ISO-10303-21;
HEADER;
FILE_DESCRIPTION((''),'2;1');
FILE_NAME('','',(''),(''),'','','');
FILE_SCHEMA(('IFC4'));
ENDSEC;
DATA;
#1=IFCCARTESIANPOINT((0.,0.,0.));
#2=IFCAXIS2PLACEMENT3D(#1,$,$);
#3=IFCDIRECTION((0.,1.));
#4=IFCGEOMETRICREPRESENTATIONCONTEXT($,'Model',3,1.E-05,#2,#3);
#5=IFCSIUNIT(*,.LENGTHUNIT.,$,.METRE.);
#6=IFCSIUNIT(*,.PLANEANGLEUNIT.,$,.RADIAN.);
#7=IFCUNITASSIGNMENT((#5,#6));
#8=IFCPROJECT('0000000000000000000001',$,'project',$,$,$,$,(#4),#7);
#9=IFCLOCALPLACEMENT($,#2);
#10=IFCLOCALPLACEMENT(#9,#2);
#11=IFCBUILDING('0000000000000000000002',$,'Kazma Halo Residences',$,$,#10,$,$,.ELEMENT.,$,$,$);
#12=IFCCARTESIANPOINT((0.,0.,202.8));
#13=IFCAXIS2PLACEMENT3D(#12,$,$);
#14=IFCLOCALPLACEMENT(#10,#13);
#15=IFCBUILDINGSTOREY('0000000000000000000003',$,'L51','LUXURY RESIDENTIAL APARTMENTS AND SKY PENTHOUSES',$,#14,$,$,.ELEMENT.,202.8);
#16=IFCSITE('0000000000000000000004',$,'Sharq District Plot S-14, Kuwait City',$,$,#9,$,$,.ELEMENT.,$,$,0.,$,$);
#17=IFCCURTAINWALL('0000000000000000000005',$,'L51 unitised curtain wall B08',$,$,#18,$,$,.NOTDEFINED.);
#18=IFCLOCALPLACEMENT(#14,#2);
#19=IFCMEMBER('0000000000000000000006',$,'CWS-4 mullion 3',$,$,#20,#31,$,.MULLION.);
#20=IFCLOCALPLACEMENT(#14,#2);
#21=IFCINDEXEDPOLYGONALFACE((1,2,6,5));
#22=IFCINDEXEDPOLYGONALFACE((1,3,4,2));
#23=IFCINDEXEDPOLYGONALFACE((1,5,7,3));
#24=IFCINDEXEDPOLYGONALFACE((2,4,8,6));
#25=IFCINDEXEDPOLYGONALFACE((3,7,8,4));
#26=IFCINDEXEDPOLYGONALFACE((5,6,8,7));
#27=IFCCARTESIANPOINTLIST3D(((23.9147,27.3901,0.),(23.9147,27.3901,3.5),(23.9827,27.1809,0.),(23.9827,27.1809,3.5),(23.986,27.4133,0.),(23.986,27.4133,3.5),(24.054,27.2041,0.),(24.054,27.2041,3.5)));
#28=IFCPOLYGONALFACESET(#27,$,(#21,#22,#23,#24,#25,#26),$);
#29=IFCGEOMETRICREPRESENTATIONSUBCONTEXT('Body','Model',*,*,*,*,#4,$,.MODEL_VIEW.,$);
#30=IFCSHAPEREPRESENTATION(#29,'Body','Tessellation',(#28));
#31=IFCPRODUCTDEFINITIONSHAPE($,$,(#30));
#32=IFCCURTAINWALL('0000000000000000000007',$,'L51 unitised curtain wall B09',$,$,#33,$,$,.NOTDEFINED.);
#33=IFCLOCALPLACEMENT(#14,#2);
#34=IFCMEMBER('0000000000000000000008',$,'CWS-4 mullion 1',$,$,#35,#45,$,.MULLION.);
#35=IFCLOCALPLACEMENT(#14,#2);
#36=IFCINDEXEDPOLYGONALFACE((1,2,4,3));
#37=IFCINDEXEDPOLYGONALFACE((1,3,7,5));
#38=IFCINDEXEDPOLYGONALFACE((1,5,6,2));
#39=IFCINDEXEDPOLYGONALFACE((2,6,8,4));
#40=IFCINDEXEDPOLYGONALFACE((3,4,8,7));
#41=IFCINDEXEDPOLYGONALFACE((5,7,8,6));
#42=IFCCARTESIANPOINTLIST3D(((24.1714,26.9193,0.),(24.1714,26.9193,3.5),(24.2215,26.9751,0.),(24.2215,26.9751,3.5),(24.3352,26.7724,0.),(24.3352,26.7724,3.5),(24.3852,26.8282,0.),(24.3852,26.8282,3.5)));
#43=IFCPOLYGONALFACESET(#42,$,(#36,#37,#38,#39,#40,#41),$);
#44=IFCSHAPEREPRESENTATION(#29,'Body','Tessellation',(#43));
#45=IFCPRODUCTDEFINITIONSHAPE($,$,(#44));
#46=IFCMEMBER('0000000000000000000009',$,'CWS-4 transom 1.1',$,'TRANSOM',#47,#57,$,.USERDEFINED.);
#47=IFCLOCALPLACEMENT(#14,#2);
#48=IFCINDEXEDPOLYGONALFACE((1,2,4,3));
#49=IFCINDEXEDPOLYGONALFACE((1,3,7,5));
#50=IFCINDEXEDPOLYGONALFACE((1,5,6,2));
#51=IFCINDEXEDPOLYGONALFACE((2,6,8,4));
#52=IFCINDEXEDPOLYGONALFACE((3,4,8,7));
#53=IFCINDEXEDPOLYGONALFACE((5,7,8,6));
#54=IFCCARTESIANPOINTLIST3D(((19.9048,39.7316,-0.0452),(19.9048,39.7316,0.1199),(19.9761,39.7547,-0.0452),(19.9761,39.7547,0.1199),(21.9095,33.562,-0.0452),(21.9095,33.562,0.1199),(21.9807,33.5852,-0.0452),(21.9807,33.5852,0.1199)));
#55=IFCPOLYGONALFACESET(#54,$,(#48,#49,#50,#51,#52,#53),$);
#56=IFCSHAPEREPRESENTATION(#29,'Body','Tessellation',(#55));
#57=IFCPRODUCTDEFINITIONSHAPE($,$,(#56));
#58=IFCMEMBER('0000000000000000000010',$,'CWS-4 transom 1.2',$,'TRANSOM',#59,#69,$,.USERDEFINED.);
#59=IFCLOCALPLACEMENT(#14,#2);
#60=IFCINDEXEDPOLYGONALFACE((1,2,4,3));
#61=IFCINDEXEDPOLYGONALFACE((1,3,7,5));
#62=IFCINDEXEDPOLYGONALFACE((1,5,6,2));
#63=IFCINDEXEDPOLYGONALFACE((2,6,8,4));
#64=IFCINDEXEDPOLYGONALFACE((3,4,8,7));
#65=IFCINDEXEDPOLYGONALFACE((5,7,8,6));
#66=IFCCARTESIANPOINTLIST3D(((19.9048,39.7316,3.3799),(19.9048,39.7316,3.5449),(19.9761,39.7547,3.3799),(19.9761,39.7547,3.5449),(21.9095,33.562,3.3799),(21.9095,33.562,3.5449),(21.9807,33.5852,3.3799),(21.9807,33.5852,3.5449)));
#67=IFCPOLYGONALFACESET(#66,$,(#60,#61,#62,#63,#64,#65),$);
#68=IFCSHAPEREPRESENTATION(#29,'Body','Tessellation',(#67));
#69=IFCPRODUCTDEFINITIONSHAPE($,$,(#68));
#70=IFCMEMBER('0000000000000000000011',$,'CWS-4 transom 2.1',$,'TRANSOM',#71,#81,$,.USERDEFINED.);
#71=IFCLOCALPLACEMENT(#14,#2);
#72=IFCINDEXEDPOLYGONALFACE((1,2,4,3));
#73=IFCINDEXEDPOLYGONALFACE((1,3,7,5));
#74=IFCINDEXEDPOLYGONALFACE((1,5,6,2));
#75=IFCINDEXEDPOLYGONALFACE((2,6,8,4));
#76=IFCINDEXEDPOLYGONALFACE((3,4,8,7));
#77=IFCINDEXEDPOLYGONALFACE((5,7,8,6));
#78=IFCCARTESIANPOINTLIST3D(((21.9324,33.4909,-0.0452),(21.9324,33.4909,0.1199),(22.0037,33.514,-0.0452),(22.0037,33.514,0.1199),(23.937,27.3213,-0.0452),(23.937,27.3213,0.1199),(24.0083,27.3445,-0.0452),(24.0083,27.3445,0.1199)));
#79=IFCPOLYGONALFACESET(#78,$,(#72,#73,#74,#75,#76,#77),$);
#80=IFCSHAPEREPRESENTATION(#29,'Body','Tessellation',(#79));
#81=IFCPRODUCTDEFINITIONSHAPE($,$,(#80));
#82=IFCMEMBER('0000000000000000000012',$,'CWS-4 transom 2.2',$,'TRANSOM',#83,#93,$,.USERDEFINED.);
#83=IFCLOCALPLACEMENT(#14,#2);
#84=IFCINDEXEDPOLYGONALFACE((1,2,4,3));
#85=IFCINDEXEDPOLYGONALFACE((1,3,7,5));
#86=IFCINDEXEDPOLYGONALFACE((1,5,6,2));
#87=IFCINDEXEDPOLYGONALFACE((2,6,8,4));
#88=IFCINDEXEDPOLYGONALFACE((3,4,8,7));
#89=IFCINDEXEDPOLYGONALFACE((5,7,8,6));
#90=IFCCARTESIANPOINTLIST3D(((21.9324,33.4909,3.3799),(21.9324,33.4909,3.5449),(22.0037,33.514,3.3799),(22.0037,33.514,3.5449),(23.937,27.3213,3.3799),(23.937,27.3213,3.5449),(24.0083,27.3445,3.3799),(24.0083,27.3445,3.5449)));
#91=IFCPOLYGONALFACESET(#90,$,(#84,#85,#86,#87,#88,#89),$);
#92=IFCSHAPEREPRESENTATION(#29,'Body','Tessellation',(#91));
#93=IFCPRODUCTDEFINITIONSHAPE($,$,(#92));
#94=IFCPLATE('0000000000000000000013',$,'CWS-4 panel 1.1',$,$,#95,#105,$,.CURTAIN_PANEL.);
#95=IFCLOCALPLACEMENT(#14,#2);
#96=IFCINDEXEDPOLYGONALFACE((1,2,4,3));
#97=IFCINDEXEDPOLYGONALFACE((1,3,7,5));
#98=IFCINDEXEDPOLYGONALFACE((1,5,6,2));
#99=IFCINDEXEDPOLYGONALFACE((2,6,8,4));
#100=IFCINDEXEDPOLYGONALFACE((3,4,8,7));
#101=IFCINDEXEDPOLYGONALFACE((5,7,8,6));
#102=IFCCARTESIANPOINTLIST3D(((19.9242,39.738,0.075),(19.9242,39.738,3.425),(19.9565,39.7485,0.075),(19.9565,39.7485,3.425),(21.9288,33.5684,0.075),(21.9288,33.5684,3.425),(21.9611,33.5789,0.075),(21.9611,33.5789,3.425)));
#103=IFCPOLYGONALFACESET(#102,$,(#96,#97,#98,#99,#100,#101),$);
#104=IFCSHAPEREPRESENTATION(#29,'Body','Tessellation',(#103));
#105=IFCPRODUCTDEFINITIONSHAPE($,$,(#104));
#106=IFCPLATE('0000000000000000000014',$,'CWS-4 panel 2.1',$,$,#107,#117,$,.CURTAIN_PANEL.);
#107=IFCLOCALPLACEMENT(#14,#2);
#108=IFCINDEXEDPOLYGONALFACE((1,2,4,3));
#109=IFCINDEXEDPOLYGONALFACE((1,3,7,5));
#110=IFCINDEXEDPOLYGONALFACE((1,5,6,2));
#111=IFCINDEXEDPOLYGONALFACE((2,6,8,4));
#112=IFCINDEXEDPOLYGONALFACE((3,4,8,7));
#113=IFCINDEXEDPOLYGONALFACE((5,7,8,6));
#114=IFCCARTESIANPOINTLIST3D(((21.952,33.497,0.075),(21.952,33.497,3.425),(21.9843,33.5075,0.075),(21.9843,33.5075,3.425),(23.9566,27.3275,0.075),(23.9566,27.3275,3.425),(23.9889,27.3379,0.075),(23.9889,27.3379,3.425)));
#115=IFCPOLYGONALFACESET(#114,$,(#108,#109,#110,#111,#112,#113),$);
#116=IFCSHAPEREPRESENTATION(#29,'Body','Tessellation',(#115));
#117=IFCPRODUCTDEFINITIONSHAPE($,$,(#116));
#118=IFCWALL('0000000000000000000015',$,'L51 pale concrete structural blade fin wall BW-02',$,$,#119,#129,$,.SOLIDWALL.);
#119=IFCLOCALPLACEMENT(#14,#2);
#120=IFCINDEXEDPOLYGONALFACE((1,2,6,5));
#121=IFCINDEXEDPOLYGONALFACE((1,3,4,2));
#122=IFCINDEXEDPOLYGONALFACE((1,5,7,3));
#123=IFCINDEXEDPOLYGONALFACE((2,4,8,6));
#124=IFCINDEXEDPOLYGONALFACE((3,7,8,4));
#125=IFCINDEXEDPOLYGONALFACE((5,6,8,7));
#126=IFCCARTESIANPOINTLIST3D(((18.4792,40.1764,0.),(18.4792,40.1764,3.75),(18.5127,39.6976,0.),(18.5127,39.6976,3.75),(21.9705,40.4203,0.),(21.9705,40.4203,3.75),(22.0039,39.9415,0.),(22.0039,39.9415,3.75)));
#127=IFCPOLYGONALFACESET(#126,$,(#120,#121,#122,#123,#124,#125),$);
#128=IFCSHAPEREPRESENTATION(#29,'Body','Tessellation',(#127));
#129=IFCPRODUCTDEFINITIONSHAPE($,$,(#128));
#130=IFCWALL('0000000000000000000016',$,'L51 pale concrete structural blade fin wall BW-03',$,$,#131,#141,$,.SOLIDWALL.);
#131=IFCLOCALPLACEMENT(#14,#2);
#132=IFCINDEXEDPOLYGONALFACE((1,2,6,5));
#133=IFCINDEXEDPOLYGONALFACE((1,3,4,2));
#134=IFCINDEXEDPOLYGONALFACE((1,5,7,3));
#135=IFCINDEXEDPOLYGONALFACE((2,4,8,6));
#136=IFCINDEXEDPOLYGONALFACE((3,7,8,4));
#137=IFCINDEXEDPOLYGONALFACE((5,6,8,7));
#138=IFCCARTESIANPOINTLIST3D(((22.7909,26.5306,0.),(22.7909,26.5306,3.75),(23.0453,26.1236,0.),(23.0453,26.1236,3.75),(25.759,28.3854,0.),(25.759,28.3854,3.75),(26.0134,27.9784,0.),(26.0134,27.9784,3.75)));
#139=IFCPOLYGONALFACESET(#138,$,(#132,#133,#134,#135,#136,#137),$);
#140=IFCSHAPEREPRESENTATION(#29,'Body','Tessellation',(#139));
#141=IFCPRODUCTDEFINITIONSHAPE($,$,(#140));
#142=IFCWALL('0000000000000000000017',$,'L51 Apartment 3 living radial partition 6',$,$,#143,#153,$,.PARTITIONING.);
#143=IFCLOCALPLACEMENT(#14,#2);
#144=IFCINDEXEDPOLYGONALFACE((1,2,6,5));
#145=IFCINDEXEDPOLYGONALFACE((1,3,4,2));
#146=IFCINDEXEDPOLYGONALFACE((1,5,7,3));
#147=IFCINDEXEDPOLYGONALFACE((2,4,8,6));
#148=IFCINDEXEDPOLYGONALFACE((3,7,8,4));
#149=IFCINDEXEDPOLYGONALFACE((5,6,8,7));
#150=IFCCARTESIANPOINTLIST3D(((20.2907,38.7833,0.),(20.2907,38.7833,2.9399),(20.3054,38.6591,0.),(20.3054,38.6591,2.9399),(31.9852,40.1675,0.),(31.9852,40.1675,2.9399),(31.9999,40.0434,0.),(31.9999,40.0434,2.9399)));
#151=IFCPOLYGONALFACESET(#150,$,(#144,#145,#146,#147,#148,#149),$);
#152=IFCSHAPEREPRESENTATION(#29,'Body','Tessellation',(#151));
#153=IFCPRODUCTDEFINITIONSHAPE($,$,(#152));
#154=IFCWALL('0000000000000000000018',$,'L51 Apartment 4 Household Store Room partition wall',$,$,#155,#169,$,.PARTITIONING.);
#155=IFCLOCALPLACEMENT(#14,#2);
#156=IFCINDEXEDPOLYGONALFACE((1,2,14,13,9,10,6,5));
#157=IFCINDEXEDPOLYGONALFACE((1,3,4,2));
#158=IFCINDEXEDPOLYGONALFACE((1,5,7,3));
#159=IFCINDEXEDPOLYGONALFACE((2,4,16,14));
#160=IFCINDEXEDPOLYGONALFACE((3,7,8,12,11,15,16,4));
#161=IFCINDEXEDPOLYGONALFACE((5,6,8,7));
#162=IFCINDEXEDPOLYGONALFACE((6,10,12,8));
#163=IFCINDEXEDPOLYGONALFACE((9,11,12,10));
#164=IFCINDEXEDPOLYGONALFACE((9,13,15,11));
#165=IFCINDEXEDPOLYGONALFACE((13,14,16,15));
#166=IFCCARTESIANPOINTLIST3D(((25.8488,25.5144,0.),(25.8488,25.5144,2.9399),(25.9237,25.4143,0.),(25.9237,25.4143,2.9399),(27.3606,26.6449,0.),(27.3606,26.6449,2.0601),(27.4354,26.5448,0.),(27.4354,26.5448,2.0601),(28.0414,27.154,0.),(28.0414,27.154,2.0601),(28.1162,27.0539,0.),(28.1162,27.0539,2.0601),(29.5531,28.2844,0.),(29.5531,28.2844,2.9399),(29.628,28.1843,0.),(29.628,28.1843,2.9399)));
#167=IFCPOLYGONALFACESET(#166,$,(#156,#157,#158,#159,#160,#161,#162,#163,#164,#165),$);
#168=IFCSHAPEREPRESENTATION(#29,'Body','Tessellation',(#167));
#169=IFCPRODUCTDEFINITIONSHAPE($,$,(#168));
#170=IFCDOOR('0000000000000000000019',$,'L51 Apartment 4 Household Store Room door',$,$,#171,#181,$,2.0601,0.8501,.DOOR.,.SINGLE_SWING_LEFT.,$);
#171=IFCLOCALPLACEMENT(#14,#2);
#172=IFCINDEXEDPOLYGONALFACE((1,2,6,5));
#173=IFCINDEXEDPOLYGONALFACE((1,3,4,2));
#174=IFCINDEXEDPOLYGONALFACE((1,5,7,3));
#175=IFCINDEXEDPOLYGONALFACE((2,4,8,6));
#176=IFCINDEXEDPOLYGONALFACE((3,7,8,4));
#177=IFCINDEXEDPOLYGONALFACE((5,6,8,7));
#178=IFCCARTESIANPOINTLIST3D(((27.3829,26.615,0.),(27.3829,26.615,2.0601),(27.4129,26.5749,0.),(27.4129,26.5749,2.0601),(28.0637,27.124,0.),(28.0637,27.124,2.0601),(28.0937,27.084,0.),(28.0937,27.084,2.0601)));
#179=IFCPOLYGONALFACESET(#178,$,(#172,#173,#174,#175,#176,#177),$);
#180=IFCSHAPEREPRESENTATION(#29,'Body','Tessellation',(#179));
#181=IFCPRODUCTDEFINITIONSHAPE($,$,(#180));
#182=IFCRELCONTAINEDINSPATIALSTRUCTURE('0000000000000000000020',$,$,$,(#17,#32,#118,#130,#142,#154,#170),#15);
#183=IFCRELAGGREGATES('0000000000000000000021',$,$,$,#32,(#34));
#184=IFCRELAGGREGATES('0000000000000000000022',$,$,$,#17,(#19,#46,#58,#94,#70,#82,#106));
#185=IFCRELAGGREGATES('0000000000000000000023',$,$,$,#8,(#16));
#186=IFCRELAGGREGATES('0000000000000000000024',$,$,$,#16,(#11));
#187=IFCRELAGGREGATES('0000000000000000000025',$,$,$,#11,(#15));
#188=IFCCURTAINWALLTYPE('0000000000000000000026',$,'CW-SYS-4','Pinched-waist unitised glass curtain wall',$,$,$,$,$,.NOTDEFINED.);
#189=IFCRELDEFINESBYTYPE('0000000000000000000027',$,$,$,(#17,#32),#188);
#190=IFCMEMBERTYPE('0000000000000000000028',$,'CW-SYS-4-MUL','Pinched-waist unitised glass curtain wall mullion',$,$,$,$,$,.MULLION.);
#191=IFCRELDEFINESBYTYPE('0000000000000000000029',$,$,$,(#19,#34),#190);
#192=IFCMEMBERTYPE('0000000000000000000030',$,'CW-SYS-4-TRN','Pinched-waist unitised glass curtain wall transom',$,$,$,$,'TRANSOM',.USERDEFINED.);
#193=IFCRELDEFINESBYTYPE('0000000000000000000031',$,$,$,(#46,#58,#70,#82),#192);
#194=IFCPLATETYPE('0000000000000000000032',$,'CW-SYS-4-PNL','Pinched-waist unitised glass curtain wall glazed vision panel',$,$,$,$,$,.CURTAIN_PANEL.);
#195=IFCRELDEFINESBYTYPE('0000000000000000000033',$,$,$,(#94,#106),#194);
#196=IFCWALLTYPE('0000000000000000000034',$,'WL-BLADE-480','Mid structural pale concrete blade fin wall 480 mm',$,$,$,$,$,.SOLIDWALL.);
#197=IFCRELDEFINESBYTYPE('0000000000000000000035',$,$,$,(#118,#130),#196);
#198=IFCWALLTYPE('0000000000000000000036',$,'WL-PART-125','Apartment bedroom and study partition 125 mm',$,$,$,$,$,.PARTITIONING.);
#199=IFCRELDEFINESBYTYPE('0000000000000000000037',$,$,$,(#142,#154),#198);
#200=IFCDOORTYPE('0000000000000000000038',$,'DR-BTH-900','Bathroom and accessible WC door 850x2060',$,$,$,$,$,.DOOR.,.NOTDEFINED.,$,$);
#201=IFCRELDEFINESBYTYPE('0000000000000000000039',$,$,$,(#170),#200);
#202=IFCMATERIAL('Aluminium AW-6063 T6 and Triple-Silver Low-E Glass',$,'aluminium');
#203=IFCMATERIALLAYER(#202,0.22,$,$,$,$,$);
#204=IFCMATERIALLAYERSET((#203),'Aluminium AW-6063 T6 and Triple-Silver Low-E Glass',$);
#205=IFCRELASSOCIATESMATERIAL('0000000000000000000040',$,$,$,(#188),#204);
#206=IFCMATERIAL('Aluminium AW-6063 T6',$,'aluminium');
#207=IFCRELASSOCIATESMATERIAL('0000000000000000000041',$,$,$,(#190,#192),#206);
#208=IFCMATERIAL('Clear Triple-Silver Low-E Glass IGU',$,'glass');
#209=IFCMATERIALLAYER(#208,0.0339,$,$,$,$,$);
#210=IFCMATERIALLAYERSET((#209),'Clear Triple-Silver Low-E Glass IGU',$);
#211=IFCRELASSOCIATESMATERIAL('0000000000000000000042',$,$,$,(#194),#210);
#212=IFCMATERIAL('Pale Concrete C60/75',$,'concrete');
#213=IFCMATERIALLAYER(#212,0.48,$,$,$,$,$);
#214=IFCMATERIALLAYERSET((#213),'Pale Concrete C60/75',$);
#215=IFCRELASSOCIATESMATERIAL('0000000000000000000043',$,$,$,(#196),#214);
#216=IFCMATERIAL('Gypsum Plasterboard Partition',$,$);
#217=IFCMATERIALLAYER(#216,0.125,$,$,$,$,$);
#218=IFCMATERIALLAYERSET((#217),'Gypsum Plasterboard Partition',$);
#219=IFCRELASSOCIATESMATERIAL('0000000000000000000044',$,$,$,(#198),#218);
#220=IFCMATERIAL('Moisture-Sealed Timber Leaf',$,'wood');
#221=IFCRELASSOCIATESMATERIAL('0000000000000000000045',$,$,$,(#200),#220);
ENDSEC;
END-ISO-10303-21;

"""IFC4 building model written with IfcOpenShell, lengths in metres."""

from ifc_helpers import new_model, si_unit, direction, frame, frame_2d, origin, origin_2d, place, context, subcontext, project, spatial, rectangle, extrude, material, layer, layer_set, material_profile, profile_set, type_object, element, fill, aggregate, save


model = new_model("IFC4")

# Units and contexts
model_context = context("Model", 3, precision=1e-05, world=origin(), true_north=direction((0.0, 1.0)))
body_context = subcontext(model_context, "Body", "Model", "MODEL_VIEW")
ifc_project = project(units=[si_unit("LENGTHUNIT", "METRE"), si_unit("PLANEANGLEUNIT", "RADIAN")], contexts=[model_context])

# Site, building, storey
site_placement = place(None, origin())
site = spatial("IfcSite", under=ifc_project, at=site_placement, Name="Sharq District Plot S-14, Kuwait City", CompositionType="ELEMENT", RefElevation=0.0)
building_placement = place(site_placement, origin())
building = spatial("IfcBuilding", under=site, at=building_placement, Name="Kazma Halo Residences", CompositionType="ELEMENT")
storey_placement = place(building_placement, frame((0.0, 0.0, 202.8)))
storey = spatial("IfcBuildingStorey", under=building, at=storey_placement, Name="L51", Description="LUXURY RESIDENTIAL APARTMENTS AND SKY PENTHOUSES", CompositionType="ELEMENT", Elevation=202.8)

# Shared definitions
ifc_material_1 = material(Name="Aluminium AW-6063 T6 and Triple-Silver Low-E Glass", Category="aluminium")
ifc_layer_1 = layer(ifc_material_1, 0.22)
ifc_layer_set_1 = layer_set([ifc_layer_1], Name="Aluminium AW-6063 T6 and Triple-Silver Low-E Glass")
curtain_wall_type = type_object("IfcCurtainWallType", Name="CW-SYS-4", Description="Pinched-waist unitised glass curtain wall", PredefinedType="NOTDEFINED", material=ifc_layer_set_1)
ifc_material_2 = material(Name="Aluminium AW-6063 T6", Category="aluminium")
ifc_material_profile_1 = material_profile(ifc_material_2, rectangle(XDim=0.075, YDim=0.22, at=origin_2d()), Name="CWM-75x220")
ifc_profile_set_1 = profile_set([ifc_material_profile_1], Name="Aluminium AW-6063 T6")
member_type_1 = type_object("IfcMemberType", Name="CW-SYS-4-MUL", Description="Pinched-waist unitised glass curtain wall mullion", PredefinedType="MULLION", material=ifc_profile_set_1)

# Curtain wall, member
curtain_wall_1_placement = place(storey_placement, origin())
curtain_wall_1 = element("IfcCurtainWall", 1, at=curtain_wall_1_placement, inside=storey, type_object=curtain_wall_type, Name="L51 unitised curtain wall B08", PredefinedType="NOTDEFINED")
member_1_placement = place(storey_placement, frame((23.9844, 27.2971, 0.0), z_axis=(0.0, 0.0, 1.0), x_axis=(0.951057, 0.309016, 0.0)))
member_1 = element("IfcMember", 2, at=member_1_placement, type_object=member_type_1, Name="CWS-4 mullion 3", PredefinedType="MULLION", context=body_context, shape_type="SweptSolid", body=[
    extrude(rectangle(XDim=0.075, YDim=0.22, at=origin_2d()), origin(), (0.0, 0.0, 1.0), 3.5),
])

# Curtain wall, member
curtain_wall_2_placement = place(storey_placement, origin())
curtain_wall_2 = element("IfcCurtainWall", 3, at=curtain_wall_2_placement, inside=storey, type_object=curtain_wall_type, Name="L51 unitised curtain wall B09", PredefinedType="NOTDEFINED")
member_2_placement = place(storey_placement, frame((24.2783, 26.8738, 0.0), z_axis=(0.0, 0.0, 1.0), x_axis=(0.667784, 0.744355, 0.0)))
member_2 = element("IfcMember", 4, at=member_2_placement, type_object=member_type_1, Name="CWS-4 mullion 1", PredefinedType="MULLION", context=body_context, shape_type="SweptSolid", body=[
    extrude(rectangle(XDim=0.075, YDim=0.22, at=origin_2d()), origin(), (0.0, 0.0, 1.0), 3.5),
])
aggregate(curtain_wall_2, [member_2])

# Members
ifc_material_profile_2 = material_profile(ifc_material_2, rectangle(XDim=0.075, YDim=0.165, at=origin_2d()), Name="CWT-75x165")
ifc_profile_set_2 = profile_set([ifc_material_profile_2], Name="Aluminium AW-6063 T6")
member_type_2 = type_object("IfcMemberType", Name="CW-SYS-4-TRN", Description="Pinched-waist unitised glass curtain wall transom", ElementType="TRANSOM", PredefinedType="USERDEFINED", material=ifc_profile_set_2)
member_3_placement = place(storey_placement, frame((19.9404, 39.7432, 0.0374), z_axis=(0.309027, -0.951053, 0.0), x_axis=(0.951053, 0.309027, 0.0)))
member_3 = element("IfcMember", 5, at=member_3_placement, type_object=member_type_2, Name="CWS-4 transom 1.1", ObjectType="TRANSOM", PredefinedType="USERDEFINED", context=body_context, shape_type="SweptSolid", body=[
    extrude(rectangle(XDim=0.075, YDim=0.165, at=origin_2d()), origin(), (0.0, 0.0, 1.0), 6.4871),
])
member_4_placement = place(storey_placement, frame((19.9404, 39.7432, 3.4624), z_axis=(0.309027, -0.951053, 0.0), x_axis=(0.951053, 0.309027, 0.0)))
member_4 = element("IfcMember", 6, at=member_4_placement, type_object=member_type_2, Name="CWS-4 transom 1.2", ObjectType="TRANSOM", PredefinedType="USERDEFINED", context=body_context, shape_type="SweptSolid", body=[
    extrude(rectangle(XDim=0.075, YDim=0.165, at=origin_2d()), origin(), (0.0, 0.0, 1.0), 6.4871),
])
member_5_placement = place(storey_placement, frame((21.968, 33.5024, 0.0374), z_axis=(0.309015, -0.951057, 0.0), x_axis=(0.951057, 0.309015, 0.0)))
member_5 = element("IfcMember", 7, at=member_5_placement, type_object=member_type_2, Name="CWS-4 transom 2.1", ObjectType="TRANSOM", PredefinedType="USERDEFINED", context=body_context, shape_type="SweptSolid", body=[
    extrude(rectangle(XDim=0.075, YDim=0.165, at=origin_2d()), origin(), (0.0, 0.0, 1.0), 6.4871),
])
member_6_placement = place(storey_placement, frame((21.968, 33.5024, 3.4624), z_axis=(0.309015, -0.951057, 0.0), x_axis=(0.951057, 0.309015, 0.0)))
member_6 = element("IfcMember", 8, at=member_6_placement, type_object=member_type_2, Name="CWS-4 transom 2.2", ObjectType="TRANSOM", PredefinedType="USERDEFINED", context=body_context, shape_type="SweptSolid", body=[
    extrude(rectangle(XDim=0.075, YDim=0.165, at=origin_2d()), origin(), (0.0, 0.0, 1.0), 6.4871),
])

# Plates
ifc_material_3 = material(Name="Clear Triple-Silver Low-E Glass IGU", Category="glass")
ifc_layer_2 = layer(ifc_material_3, 0.0339)
ifc_layer_set_2 = layer_set([ifc_layer_2], Name="Clear Triple-Silver Low-E Glass IGU")
plate_type = type_object("IfcPlateType", Name="CW-SYS-4-PNL", Description="Pinched-waist unitised glass curtain wall glazed vision panel", PredefinedType="CURTAIN_PANEL", material=ifc_layer_set_2)
plate_1_placement = place(storey_placement, frame((20.9426, 36.6584, 0.075), z_axis=(0.0, 0.0, 1.0), x_axis=(0.309016, -0.951057, 0.0)))
plate_1 = element("IfcPlate", 9, at=plate_1_placement, type_object=plate_type, Name="CWS-4 panel 1.1", PredefinedType="CURTAIN_PANEL", context=body_context, shape_type="SweptSolid", body=[
    extrude(rectangle(XDim=6.4871, YDim=0.0339, at=origin_2d()), origin(), (0.0, 0.0, 1.0), 3.3501),
])
plate_2_placement = place(storey_placement, frame((22.9705, 30.4175, 0.075), z_axis=(0.0, 0.0, 1.0), x_axis=(0.309016, -0.951057, 0.0)))
plate_2 = element("IfcPlate", 10, at=plate_2_placement, type_object=plate_type, Name="CWS-4 panel 2.1", PredefinedType="CURTAIN_PANEL", context=body_context, shape_type="SweptSolid", body=[
    extrude(rectangle(XDim=6.4871, YDim=0.0339, at=origin_2d()), origin(), (0.0, 0.0, 1.0), 3.3501),
])
aggregate(curtain_wall_1, [member_1, member_3, member_4, plate_1, member_5, member_6, plate_2])

# Walls
ifc_material_4 = material(Name="Pale Concrete C60/75", Category="concrete")
ifc_layer_3 = layer(ifc_material_4, 0.48)
ifc_layer_set_3 = layer_set([ifc_layer_3], Name="Pale Concrete C60/75")
wall_type_1 = type_object("IfcWallType", Name="WL-BLADE-480", Description="Mid structural pale concrete blade fin wall 480 mm", PredefinedType="SOLIDWALL", material=ifc_layer_set_3)
wall_1_placement = place(storey_placement, frame((21.9873, 40.1809, 0.0), z_axis=(0.0, 0.0, 1.0), x_axis=(-0.997569, -0.06969, 0.0)))
element("IfcWall", 11, at=wall_1_placement, inside=storey, type_object=wall_type_1, Name="L51 pale concrete structural blade fin wall BW-02", PredefinedType="SOLIDWALL", context=body_context, shape_type="SweptSolid", body=[
    extrude(rectangle(XDim=3.4998, YDim=0.48, at=frame_2d((1.75, 0.0))), origin(), (0.0, 0.0, 1.0), 3.75),
])
wall_2_placement = place(storey_placement, frame((25.8862, 28.1819, 0.0), z_axis=(0.0, 0.0, 1.0), x_axis=(-0.848034, -0.529943, 0.0)))
element("IfcWall", 12, at=wall_2_placement, inside=storey, type_object=wall_type_1, Name="L51 pale concrete structural blade fin wall BW-03", PredefinedType="SOLIDWALL", context=body_context, shape_type="SweptSolid", body=[
    extrude(rectangle(XDim=3.5, YDim=0.48, at=frame_2d((1.75, 0.0))), origin(), (0.0, 0.0, 1.0), 3.75),
])
ifc_material_5 = material(Name="Gypsum Plasterboard Partition")
ifc_layer_4 = layer(ifc_material_5, 0.125)
ifc_layer_set_4 = layer_set([ifc_layer_4], Name="Gypsum Plasterboard Partition")
wall_type_2 = type_object("IfcWallType", Name="WL-PART-125", Description="Apartment bedroom and study partition 125 mm", PredefinedType="PARTITIONING", material=ifc_layer_set_4)
wall_3_placement = place(storey_placement, frame((31.9927, 40.1055, 0.0), z_axis=(0.0, 0.0, 1.0), x_axis=(-0.993067, -0.117549, 0.0)))
element("IfcWall", 13, at=wall_3_placement, inside=storey, type_object=wall_type_2, Name="L51 Apartment 3 living radial partition 6", PredefinedType="PARTITIONING", context=body_context, shape_type="SweptSolid", body=[
    extrude(rectangle(XDim=11.7761, YDim=0.125, at=frame_2d((5.8882, 0.0))), origin(), (0.0, 0.0, 1.0), 2.9399),
])

# Wall, opening, door
wall_4_placement = place(storey_placement, frame((29.5906, 28.2344, 0.0), z_axis=(0.0, 0.0, 1.0), x_axis=(-0.800854, -0.598859, 0.0)))
wall_4 = element("IfcWall", 14, at=wall_4_placement, inside=storey, type_object=wall_type_2, Name="L51 Apartment 4 Household Store Room partition wall", PredefinedType="PARTITIONING", context=body_context, shape_type="SweptSolid", body=[
    extrude(rectangle(XDim=4.6255, YDim=0.125, at=frame_2d((2.3127, 0.0))), origin(), (0.0, 0.0, 1.0), 2.9399),
])
opening_1_placement = place(wall_4_placement, frame((1.8877, 0.0, 0.0)))
opening_1 = element("IfcOpeningElement", 15, at=opening_1_placement, cuts=wall_4, PredefinedType="OPENING", context=body_context, shape_type="SweptSolid", body=[
    extrude(rectangle(XDim=0.8501, YDim=2.0601, at=frame_2d((0.425, 1.03))), frame((0.0, 0.0725, 0.0), z_axis=(0.0, -1.0, 0.0), x_axis=(1.0, 0.0, 0.0)), (0.0, 0.0, 1.0), 0.145),
])
ifc_material_6 = material(Name="Moisture-Sealed Timber Leaf", Category="wood")
door_type = type_object("IfcDoorType", Name="DR-BTH-900", Description="Bathroom and accessible WC door 850x2060", OperationType="NOTDEFINED", PredefinedType="DOOR", material=ifc_material_6)
door_1_placement = place(opening_1_placement, origin())
door_1 = element("IfcDoor", 16, at=door_1_placement, inside=storey, type_object=door_type, Name="L51 Apartment 4 Household Store Room door", OperationType="SINGLE_SWING_LEFT", OverallHeight=2.0601, OverallWidth=0.8501, PredefinedType="DOOR", context=body_context, shape_type="SweptSolid", body=[
    extrude(rectangle(XDim=0.8501, YDim=2.0601, at=frame_2d((0.425, 1.03))), frame((0.0, 0.0249, 0.0), z_axis=(0.0, -1.0, 0.0), x_axis=(1.0, 0.0, 0.0)), (0.0, 0.0, 1.0), 0.05),
])
fill(opening_1, door_1)

save(model, "model.ifc")
